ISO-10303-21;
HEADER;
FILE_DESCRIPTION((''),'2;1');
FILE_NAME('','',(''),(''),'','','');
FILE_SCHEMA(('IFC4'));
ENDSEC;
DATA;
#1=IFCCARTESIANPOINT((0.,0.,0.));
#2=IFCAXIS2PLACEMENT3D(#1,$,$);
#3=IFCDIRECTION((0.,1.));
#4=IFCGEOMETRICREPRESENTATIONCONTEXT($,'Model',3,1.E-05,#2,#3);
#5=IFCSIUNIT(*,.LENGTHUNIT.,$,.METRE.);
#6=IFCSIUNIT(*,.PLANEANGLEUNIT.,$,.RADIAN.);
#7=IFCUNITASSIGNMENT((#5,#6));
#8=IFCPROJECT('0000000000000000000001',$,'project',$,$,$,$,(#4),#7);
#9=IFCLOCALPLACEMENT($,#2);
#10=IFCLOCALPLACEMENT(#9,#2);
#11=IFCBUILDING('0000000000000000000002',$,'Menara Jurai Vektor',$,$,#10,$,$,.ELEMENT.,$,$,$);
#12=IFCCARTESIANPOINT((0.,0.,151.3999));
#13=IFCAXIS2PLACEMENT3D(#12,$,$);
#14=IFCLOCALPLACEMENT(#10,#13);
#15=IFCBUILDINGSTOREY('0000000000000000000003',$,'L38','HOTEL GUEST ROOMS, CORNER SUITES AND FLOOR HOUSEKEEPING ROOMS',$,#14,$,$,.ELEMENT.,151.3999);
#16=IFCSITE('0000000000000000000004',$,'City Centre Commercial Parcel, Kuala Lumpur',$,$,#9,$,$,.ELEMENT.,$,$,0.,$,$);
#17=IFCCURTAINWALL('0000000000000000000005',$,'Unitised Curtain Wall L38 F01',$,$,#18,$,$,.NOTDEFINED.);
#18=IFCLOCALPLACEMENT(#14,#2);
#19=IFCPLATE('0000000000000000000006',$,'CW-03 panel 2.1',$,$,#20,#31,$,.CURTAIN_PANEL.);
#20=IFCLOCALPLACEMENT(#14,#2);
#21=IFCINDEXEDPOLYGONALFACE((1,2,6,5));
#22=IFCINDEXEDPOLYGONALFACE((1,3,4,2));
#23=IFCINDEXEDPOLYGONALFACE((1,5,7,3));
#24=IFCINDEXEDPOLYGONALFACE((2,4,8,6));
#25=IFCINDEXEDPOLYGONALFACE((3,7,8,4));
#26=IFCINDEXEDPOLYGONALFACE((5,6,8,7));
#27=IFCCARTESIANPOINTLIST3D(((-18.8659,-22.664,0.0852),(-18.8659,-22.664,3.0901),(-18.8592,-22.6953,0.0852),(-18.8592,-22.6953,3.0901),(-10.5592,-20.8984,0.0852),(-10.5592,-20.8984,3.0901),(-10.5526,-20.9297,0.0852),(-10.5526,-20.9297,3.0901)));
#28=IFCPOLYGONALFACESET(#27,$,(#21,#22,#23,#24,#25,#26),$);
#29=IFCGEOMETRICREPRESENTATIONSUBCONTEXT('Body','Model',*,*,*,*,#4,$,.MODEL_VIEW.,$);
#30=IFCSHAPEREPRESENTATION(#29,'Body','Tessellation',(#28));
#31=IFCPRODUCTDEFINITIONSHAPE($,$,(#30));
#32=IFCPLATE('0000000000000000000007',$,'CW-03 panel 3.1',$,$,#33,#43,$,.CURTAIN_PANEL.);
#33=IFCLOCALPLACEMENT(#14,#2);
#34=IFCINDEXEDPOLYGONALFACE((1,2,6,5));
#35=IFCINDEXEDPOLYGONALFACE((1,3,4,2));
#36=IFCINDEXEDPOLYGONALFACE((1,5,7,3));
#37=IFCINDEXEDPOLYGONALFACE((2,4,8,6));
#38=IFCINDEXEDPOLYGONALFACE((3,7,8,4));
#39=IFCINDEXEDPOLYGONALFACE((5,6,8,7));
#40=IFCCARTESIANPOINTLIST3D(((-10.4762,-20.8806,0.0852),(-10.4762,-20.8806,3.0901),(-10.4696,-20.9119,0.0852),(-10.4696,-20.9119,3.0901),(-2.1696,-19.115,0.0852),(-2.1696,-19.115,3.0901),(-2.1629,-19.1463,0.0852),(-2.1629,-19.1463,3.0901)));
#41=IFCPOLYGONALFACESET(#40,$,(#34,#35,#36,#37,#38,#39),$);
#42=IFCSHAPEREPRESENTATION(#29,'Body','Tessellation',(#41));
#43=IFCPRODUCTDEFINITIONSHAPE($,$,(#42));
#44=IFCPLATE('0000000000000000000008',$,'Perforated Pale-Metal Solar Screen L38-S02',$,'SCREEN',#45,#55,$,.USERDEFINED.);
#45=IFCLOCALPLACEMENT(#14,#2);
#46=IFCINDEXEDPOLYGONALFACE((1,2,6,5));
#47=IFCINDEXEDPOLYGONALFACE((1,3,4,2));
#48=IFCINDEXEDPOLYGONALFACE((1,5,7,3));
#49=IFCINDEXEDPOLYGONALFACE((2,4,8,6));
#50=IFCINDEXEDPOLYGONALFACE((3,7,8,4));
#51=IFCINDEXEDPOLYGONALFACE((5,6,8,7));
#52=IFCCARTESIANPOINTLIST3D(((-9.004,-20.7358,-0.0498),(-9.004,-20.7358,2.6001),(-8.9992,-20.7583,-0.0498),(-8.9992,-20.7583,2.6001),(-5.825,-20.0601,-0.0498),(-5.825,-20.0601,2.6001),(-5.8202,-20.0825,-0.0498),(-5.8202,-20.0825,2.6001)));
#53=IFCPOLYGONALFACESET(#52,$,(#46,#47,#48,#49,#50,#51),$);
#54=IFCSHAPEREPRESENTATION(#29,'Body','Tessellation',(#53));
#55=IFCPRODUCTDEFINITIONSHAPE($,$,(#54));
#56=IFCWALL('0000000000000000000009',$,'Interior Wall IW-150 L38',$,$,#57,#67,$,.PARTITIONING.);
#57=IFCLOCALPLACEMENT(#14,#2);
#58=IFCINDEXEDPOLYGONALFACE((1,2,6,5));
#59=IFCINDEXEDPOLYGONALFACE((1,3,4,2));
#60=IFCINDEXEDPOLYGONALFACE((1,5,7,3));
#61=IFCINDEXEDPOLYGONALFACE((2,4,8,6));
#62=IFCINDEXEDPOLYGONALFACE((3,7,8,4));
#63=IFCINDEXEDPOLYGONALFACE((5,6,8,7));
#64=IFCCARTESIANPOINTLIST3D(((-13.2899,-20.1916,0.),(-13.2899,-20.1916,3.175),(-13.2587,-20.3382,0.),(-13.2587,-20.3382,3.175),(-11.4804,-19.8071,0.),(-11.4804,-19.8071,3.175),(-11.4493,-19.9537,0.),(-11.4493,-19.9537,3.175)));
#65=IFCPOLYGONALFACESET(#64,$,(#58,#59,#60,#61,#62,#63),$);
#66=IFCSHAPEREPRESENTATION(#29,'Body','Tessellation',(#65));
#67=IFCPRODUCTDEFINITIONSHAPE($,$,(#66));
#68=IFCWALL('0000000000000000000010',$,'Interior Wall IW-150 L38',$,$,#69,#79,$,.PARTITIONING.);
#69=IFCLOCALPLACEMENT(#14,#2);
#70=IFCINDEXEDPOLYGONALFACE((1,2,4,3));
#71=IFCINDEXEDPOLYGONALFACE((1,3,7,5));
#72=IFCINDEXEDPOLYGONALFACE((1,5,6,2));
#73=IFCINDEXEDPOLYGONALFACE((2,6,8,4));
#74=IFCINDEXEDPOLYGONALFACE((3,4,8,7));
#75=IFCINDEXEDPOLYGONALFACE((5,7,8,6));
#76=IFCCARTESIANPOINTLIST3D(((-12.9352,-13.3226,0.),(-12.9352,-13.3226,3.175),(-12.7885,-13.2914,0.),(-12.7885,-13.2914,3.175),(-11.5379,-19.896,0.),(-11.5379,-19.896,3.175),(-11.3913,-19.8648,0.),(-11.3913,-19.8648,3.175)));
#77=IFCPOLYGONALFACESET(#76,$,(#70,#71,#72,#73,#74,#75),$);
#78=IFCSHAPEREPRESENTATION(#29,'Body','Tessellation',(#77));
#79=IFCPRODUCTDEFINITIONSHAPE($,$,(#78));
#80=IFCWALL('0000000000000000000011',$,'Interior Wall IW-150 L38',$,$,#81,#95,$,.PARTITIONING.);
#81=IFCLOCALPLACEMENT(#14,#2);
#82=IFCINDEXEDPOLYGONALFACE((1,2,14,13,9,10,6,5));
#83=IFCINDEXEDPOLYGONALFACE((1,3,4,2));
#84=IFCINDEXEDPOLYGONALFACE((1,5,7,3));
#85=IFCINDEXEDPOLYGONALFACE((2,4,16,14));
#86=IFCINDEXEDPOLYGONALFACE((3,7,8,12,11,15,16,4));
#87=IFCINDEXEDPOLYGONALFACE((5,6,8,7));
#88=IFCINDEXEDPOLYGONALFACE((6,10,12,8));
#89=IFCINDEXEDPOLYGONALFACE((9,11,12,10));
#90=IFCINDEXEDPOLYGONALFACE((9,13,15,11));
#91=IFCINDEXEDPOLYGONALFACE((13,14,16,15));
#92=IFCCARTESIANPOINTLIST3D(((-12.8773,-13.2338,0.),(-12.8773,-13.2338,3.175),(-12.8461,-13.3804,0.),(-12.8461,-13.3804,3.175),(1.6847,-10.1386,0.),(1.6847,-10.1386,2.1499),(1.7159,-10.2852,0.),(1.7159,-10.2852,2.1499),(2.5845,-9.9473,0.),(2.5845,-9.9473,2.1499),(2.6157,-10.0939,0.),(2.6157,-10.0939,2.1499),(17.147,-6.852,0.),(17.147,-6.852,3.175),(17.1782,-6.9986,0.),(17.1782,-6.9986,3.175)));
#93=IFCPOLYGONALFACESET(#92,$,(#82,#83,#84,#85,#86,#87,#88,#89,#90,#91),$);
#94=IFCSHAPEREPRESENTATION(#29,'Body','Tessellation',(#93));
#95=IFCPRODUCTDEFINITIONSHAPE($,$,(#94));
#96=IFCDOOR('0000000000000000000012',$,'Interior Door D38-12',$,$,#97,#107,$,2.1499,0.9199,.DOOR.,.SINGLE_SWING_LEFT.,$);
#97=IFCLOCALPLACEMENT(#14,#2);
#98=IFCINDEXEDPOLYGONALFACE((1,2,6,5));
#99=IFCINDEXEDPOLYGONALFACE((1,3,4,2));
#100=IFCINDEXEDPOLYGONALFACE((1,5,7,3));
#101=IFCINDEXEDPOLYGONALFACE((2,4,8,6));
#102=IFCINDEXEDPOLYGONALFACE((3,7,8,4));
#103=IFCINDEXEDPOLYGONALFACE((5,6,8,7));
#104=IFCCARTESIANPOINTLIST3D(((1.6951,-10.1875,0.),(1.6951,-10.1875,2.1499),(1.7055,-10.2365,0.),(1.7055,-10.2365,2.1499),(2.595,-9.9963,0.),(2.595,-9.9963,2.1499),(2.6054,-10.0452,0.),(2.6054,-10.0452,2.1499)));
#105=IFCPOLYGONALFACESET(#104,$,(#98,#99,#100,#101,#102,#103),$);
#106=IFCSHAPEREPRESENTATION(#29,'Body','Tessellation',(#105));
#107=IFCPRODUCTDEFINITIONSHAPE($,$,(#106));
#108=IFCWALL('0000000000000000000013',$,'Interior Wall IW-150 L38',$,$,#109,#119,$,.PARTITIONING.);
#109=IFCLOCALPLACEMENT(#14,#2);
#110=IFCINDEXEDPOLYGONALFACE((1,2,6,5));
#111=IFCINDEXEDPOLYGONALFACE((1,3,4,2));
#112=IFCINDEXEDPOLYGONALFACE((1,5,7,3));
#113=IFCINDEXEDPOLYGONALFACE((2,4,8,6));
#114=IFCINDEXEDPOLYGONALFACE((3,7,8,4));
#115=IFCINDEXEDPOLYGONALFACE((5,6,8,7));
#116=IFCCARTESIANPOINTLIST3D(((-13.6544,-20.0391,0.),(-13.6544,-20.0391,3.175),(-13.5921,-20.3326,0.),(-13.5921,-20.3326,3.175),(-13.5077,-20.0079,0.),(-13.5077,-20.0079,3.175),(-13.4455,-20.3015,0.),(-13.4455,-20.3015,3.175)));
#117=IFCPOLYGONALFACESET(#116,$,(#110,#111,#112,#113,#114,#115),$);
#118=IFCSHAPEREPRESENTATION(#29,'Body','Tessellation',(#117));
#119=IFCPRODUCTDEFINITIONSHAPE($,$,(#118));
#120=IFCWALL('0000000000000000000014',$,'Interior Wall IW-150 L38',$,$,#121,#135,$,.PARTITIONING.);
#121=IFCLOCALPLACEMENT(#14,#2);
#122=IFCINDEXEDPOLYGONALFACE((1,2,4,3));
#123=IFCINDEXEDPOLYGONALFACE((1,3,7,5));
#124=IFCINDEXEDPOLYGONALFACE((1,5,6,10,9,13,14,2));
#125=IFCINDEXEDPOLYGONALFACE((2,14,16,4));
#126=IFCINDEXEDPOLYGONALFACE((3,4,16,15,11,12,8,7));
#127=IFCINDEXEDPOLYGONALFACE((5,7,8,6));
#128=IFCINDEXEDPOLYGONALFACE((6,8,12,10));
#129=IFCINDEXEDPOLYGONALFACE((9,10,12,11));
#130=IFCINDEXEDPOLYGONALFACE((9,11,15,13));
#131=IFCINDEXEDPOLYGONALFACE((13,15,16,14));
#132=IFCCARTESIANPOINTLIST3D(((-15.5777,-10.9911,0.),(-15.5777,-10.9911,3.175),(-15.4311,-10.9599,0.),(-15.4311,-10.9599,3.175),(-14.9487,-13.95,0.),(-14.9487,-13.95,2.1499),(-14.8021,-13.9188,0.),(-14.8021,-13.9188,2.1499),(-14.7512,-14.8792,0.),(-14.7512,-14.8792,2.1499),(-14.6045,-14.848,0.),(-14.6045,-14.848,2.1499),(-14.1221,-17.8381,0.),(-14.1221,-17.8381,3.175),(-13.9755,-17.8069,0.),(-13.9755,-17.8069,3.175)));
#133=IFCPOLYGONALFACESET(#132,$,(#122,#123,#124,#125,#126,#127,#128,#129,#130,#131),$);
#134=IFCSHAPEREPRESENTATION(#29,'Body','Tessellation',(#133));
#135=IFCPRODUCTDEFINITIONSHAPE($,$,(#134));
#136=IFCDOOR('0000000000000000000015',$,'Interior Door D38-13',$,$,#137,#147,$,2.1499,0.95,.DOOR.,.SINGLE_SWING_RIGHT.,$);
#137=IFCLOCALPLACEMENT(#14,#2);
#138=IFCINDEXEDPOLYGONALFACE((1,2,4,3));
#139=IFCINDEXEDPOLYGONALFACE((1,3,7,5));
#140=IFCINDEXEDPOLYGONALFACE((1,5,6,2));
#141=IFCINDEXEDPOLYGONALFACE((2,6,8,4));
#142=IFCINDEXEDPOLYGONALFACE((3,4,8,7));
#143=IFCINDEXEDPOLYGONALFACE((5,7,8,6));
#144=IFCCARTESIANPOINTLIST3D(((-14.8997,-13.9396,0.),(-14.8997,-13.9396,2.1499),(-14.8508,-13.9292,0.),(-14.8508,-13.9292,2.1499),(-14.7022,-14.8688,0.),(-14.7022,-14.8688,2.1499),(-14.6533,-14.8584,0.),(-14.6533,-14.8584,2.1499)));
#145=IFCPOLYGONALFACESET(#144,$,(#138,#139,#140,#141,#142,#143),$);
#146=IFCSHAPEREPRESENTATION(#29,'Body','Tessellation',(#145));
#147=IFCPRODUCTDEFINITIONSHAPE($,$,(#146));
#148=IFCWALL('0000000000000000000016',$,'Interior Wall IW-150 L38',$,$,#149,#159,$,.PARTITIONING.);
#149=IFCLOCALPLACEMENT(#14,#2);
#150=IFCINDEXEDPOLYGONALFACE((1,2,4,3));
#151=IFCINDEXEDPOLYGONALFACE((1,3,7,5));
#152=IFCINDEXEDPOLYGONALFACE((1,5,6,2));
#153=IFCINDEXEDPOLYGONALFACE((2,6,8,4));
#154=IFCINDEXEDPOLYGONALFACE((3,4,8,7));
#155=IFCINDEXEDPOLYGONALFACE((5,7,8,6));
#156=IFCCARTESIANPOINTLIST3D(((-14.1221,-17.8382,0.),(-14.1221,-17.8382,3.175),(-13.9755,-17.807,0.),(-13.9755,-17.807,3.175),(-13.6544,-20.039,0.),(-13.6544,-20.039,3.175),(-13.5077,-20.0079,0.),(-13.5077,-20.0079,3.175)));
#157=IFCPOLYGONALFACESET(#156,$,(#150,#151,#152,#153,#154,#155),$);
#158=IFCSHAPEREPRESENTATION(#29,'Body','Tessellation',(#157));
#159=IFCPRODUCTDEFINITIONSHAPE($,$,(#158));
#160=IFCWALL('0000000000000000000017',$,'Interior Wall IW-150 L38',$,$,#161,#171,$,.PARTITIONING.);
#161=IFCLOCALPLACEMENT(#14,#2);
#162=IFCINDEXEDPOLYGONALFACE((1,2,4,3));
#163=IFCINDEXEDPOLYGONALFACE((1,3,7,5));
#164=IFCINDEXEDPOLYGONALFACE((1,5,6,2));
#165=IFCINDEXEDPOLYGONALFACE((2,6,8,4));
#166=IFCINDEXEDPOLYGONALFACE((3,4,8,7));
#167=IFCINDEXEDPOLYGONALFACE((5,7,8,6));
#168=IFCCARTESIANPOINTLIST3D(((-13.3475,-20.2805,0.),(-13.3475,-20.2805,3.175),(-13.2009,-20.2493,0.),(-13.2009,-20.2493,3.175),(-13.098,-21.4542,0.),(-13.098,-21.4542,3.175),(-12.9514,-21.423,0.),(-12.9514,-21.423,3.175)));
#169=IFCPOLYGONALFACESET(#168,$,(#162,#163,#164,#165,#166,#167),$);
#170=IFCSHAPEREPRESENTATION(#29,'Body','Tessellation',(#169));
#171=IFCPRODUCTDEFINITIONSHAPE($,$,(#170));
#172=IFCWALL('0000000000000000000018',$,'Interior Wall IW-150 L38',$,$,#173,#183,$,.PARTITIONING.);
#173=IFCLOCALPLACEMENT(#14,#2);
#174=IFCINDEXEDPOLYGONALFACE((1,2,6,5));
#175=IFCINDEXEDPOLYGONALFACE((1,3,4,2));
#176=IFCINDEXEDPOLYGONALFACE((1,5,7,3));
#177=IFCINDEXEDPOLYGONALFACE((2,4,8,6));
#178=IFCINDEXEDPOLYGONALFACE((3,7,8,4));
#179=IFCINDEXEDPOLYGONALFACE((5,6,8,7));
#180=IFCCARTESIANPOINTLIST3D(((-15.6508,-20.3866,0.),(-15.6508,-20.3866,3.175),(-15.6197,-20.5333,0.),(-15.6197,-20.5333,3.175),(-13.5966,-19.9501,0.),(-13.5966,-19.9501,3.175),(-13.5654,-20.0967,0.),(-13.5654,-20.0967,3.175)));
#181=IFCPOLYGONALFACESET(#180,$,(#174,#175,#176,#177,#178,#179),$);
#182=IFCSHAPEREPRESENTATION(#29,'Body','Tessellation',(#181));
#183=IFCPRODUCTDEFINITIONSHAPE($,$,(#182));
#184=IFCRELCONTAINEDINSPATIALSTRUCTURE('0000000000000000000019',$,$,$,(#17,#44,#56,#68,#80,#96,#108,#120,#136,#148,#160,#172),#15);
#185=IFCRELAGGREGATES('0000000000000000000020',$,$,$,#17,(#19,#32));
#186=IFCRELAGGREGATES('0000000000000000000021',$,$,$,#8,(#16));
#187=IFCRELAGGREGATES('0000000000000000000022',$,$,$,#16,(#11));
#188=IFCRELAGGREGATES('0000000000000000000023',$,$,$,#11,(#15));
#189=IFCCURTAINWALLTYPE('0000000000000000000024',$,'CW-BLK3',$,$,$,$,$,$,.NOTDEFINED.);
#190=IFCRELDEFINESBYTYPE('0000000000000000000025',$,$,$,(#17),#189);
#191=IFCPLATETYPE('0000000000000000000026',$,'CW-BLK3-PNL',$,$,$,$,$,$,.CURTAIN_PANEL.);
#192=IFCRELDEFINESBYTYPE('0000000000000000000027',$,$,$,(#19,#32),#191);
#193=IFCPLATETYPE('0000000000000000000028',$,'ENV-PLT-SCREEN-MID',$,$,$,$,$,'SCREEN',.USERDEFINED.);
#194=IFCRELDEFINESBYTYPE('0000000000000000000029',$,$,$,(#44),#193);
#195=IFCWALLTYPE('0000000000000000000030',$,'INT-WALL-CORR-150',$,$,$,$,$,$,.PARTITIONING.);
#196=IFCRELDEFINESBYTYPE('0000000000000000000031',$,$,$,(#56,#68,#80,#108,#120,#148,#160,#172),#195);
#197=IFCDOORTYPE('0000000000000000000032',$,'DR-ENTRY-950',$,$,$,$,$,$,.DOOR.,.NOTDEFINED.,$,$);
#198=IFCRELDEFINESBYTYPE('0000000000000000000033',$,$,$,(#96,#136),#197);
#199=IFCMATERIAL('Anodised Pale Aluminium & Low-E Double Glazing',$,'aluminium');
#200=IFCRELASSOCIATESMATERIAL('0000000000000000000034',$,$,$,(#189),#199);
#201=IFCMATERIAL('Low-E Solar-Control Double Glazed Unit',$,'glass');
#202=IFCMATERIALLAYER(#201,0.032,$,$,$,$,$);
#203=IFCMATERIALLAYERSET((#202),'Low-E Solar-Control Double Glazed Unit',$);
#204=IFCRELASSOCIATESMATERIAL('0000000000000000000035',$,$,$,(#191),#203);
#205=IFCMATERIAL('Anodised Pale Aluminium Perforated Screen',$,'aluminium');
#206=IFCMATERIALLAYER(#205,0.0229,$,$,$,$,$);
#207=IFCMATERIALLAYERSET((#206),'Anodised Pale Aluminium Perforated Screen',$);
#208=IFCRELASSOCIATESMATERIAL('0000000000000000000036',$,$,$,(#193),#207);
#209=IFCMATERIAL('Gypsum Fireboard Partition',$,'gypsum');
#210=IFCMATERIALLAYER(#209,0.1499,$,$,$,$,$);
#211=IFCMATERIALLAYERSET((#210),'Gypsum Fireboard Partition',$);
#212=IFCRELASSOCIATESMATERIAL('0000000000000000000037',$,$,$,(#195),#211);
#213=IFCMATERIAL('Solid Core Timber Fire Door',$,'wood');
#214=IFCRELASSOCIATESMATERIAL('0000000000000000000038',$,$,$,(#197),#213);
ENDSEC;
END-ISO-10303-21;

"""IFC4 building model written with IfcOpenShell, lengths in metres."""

from ifc_helpers import new_model, si_unit, direction, frame, frame_2d, origin, origin_2d, place, context, subcontext, project, spatial, rectangle, extrude, material, layer, layer_set, type_object, element, fill, aggregate, save


model = new_model("IFC4")

# Units and contexts
model_context = context("Model", 3, precision=1e-05, world=origin(), true_north=direction((0.0, 1.0)))
body_context = subcontext(model_context, "Body", "Model", "MODEL_VIEW")
ifc_project = project(units=[si_unit("LENGTHUNIT", "METRE"), si_unit("PLANEANGLEUNIT", "RADIAN")], contexts=[model_context])

# Site, building, storey
site_placement = place(None, origin())
site = spatial("IfcSite", under=ifc_project, at=site_placement, Name="City Centre Commercial Parcel, Kuala Lumpur", CompositionType="ELEMENT", RefElevation=0.0)
building_placement = place(site_placement, origin())
building = spatial("IfcBuilding", under=site, at=building_placement, Name="Menara Jurai Vektor", CompositionType="ELEMENT")
storey_placement = place(building_placement, frame((0.0, 0.0, 151.3999)))
storey = spatial("IfcBuildingStorey", under=building, at=storey_placement, Name="L38", Description="HOTEL GUEST ROOMS, CORNER SUITES AND FLOOR HOUSEKEEPING ROOMS", CompositionType="ELEMENT", Elevation=151.3999)

# Curtain wall
ifc_material_1 = material(Name="Anodised Pale Aluminium & Low-E Double Glazing", Category="aluminium")
curtain_wall_type = type_object("IfcCurtainWallType", Name="CW-BLK3", PredefinedType="NOTDEFINED", material=ifc_material_1)
curtain_wall_placement = place(storey_placement, origin())
curtain_wall = element("IfcCurtainWall", 1, at=curtain_wall_placement, inside=storey, type_object=curtain_wall_type, Name="Unitised Curtain Wall L38 F01", PredefinedType="NOTDEFINED")

# Plates
ifc_material_2 = material(Name="Low-E Solar-Control Double Glazed Unit", Category="glass")
ifc_layer_1 = layer(ifc_material_2, 0.032)
ifc_layer_set_1 = layer_set([ifc_layer_1], Name="Low-E Solar-Control Double Glazed Unit")
plate_type_1 = type_object("IfcPlateType", Name="CW-BLK3-PNL", PredefinedType="CURTAIN_PANEL", material=ifc_layer_set_1)
plate_1_placement = place(storey_placement, frame((-14.7092, -21.7969, 0.0852), z_axis=(0.0, 0.0, 1.0), x_axis=(0.978148, 0.207911, 0.0)))
plate_1 = element("IfcPlate", 2, at=plate_1_placement, type_object=plate_type_1, Name="CW-03 panel 2.1", PredefinedType="CURTAIN_PANEL", context=body_context, shape_type="SweptSolid", body=[
    extrude(rectangle(XDim=8.4922, YDim=0.032, at=origin_2d()), origin(), (0.0, 0.0, 1.0), 3.0049),
])
plate_2_placement = place(storey_placement, frame((-6.3196, -20.0134, 0.0852), z_axis=(0.0, 0.0, 1.0), x_axis=(0.978148, 0.207911, 0.0)))
plate_2 = element("IfcPlate", 3, at=plate_2_placement, type_object=plate_type_1, Name="CW-03 panel 3.1", PredefinedType="CURTAIN_PANEL", context=body_context, shape_type="SweptSolid", body=[
    extrude(rectangle(XDim=8.4922, YDim=0.032, at=origin_2d()), origin(), (0.0, 0.0, 1.0), 3.0049),
])
aggregate(curtain_wall, [plate_1, plate_2])
ifc_material_3 = material(Name="Anodised Pale Aluminium Perforated Screen", Category="aluminium")
ifc_layer_2 = layer(ifc_material_3, 0.0229)
ifc_layer_set_2 = layer_set([ifc_layer_2], Name="Anodised Pale Aluminium Perforated Screen")
plate_type_2 = type_object("IfcPlateType", Name="ENV-PLT-SCREEN-MID", ElementType="SCREEN", PredefinedType="USERDEFINED", material=ifc_layer_set_2)
plate_3_placement = place(storey_placement, frame((-7.4121, -20.4092, -0.0498), z_axis=(0.0, 0.0, 1.0), x_axis=(0.978148, 0.207912, 0.0)))
element("IfcPlate", 4, at=plate_3_placement, inside=storey, type_object=plate_type_2, Name="Perforated Pale-Metal Solar Screen L38-S02", ObjectType="SCREEN", PredefinedType="USERDEFINED", context=body_context, shape_type="SweptSolid", body=[
    extrude(rectangle(XDim=3.25, YDim=0.0229, at=origin_2d()), origin(), (0.0, 0.0, 1.0), 2.6499),
])

# Walls
ifc_material_4 = material(Name="Gypsum Fireboard Partition", Category="gypsum")
ifc_layer_3 = layer(ifc_material_4, 0.1499)
ifc_layer_set_3 = layer_set([ifc_layer_3], Name="Gypsum Fireboard Partition")
wall_type = type_object("IfcWallType", Name="INT-WALL-CORR-150", PredefinedType="PARTITIONING", material=ifc_layer_set_3)
wall_1_placement = place(storey_placement, frame((-13.2742, -20.2649, 0.0), z_axis=(0.0, 0.0, 1.0), x_axis=(0.97816, 0.207852, 0.0)))
element("IfcWall", 5, at=wall_1_placement, inside=storey, type_object=wall_type, Name="Interior Wall IW-150 L38", PredefinedType="PARTITIONING", context=body_context, shape_type="SweptSolid", body=[
    extrude(rectangle(XDim=1.8499, YDim=0.1499, at=frame_2d((0.9248, 0.0))), origin(), (0.0, 0.0, 1.0), 3.175),
])
wall_2_placement = place(storey_placement, frame((-11.4646, -19.8804, 0.0), z_axis=(0.0, 0.0, 1.0), x_axis=(-0.207916, 0.978147, 0.0)))
element("IfcWall", 6, at=wall_2_placement, inside=storey, type_object=wall_type, Name="Interior Wall IW-150 L38", PredefinedType="PARTITIONING", context=body_context, shape_type="SweptSolid", body=[
    extrude(rectangle(XDim=6.7202, YDim=0.1499, at=frame_2d((3.3601, 0.0))), origin(), (0.0, 0.0, 1.0), 3.175),
])

# Wall, opening, door
wall_3_placement = place(storey_placement, frame((-12.8618, -13.3071, 0.0), z_axis=(0.0, 0.0, 1.0), x_axis=(0.978148, 0.20791, 0.0)))
wall_3 = element("IfcWall", 7, at=wall_3_placement, inside=storey, type_object=wall_type, Name="Interior Wall IW-150 L38", PredefinedType="PARTITIONING", context=body_context, shape_type="SweptSolid", body=[
    extrude(rectangle(XDim=30.6951, YDim=0.1499, at=frame_2d((15.3477, 0.0))), origin(), (0.0, 0.0, 1.0), 3.175),
])
opening_1_placement = place(wall_3_placement, frame((14.8875, 0.0, 0.0)))
opening_1 = element("IfcOpeningElement", 8, at=opening_1_placement, cuts=wall_3, PredefinedType="OPENING", context=body_context, shape_type="SweptSolid", body=[
    extrude(rectangle(XDim=0.9199, YDim=2.1499, at=frame_2d((0.46, 1.075))), frame((0.0, 0.085, 0.0), z_axis=(0.0, -1.0, 0.0), x_axis=(1.0, 0.0, 0.0)), (0.0, 0.0, 1.0), 0.1699),
])
ifc_material_5 = material(Name="Solid Core Timber Fire Door", Category="wood")
door_type_1 = type_object("IfcDoorType", Name="DR-ENTRY-950", OperationType="NOTDEFINED", PredefinedType="DOOR", material=ifc_material_5)
door_1_placement = place(opening_1_placement, origin())
door_1 = element("IfcDoor", 9, at=door_1_placement, inside=storey, type_object=door_type_1, Name="Interior Door D38-12", OperationType="SINGLE_SWING_LEFT", OverallHeight=2.1499, OverallWidth=0.9199, PredefinedType="DOOR", context=body_context, shape_type="SweptSolid", body=[
    extrude(rectangle(XDim=0.9199, YDim=2.1499, at=frame_2d((0.46, 1.075))), frame((0.0, 0.0249, 0.0), z_axis=(0.0, -1.0, 0.0), x_axis=(1.0, 0.0, 0.0)), (0.0, 0.0, 1.0), 0.05),
])
fill(opening_1, door_1)

# Wall
wall_4_placement = place(storey_placement, frame((-13.5188, -20.3169, 0.0), z_axis=(0.0, 0.0, 1.0), x_axis=(-0.207528, 0.978229, 0.0)))
element("IfcWall", 10, at=wall_4_placement, inside=storey, type_object=wall_type, Name="Interior Wall IW-150 L38", PredefinedType="PARTITIONING", context=body_context, shape_type="SweptSolid", body=[
    extrude(rectangle(XDim=0.3, YDim=0.1499, at=frame_2d((0.1499, 0.0))), origin(), (0.0, 0.0, 1.0), 3.175),
])

# Wall, opening, door
wall_5_placement = place(storey_placement, frame((-14.0488, -17.8225, 0.0), z_axis=(0.0, 0.0, 1.0), x_axis=(-0.20794, 0.978142, 0.0)))
wall_5 = element("IfcWall", 11, at=wall_5_placement, inside=storey, type_object=wall_type, Name="Interior Wall IW-150 L38", PredefinedType="PARTITIONING", context=body_context, shape_type="SweptSolid", body=[
    extrude(rectangle(XDim=7.0, YDim=0.1499, at=frame_2d((3.5, 0.0))), origin(), (0.0, 0.0, 1.0), 3.175),
])
opening_2_placement = place(wall_5_placement, frame((3.0249, 0.0, 0.0)))
opening_2 = element("IfcOpeningElement", 12, at=opening_2_placement, cuts=wall_5, PredefinedType="OPENING", context=body_context, shape_type="SweptSolid", body=[
    extrude(rectangle(XDim=0.95, YDim=2.1499, at=frame_2d((0.4751, 1.075))), frame((0.0, 0.085, 0.0), z_axis=(0.0, -1.0, 0.0), x_axis=(1.0, 0.0, 0.0)), (0.0, 0.0, 1.0), 0.1699),
])
door_2_placement = place(opening_2_placement, origin())
door_2 = element("IfcDoor", 13, at=door_2_placement, inside=storey, type_object=door_type_1, Name="Interior Door D38-13", OperationType="SINGLE_SWING_RIGHT", OverallHeight=2.1499, OverallWidth=0.95, PredefinedType="DOOR", context=body_context, shape_type="SweptSolid", body=[
    extrude(rectangle(XDim=0.95, YDim=2.1499, at=frame_2d((0.4751, 1.075))), frame((0.0, 0.0249, 0.0), z_axis=(0.0, -1.0, 0.0), x_axis=(1.0, 0.0, 0.0)), (0.0, 0.0, 1.0), 0.05),
])
fill(opening_2, door_2)

# Walls
wall_6_placement = place(storey_placement, frame((-13.5811, -20.0234, 0.0), z_axis=(0.0, 0.0, 1.0), x_axis=(-0.207891, 0.978152, 0.0)))
element("IfcWall", 14, at=wall_6_placement, inside=storey, type_object=wall_type, Name="Interior Wall IW-150 L38", PredefinedType="PARTITIONING", context=body_context, shape_type="SweptSolid", body=[
    extrude(rectangle(XDim=2.25, YDim=0.1499, at=frame_2d((1.125, 0.0))), origin(), (0.0, 0.0, 1.0), 3.175),
])
wall_7_placement = place(storey_placement, frame((-13.0247, -21.4387, 0.0), z_axis=(0.0, 0.0, 1.0), x_axis=(-0.207917, 0.978146, 0.0)))
element("IfcWall", 15, at=wall_7_placement, inside=storey, type_object=wall_type, Name="Interior Wall IW-150 L38", PredefinedType="PARTITIONING", context=body_context, shape_type="SweptSolid", body=[
    extrude(rectangle(XDim=1.2, YDim=0.1499, at=frame_2d((0.6001, 0.0))), origin(), (0.0, 0.0, 1.0), 3.175),
])

# Wall
wall_8_placement = place(storey_placement, frame((-15.6353, -20.46, 0.0), z_axis=(0.0, 0.0, 1.0), x_axis=(0.978158, 0.207862, 0.0)))
element("IfcWall", 16, at=wall_8_placement, inside=storey, type_object=wall_type, Name="Interior Wall IW-150 L38", PredefinedType="PARTITIONING", context=body_context, shape_type="SweptSolid", body=[
    extrude(rectangle(XDim=2.1001, YDim=0.1499, at=frame_2d((1.05, 0.0))), origin(), (0.0, 0.0, 1.0), 3.175),
])

save(model, "model.ifc")
